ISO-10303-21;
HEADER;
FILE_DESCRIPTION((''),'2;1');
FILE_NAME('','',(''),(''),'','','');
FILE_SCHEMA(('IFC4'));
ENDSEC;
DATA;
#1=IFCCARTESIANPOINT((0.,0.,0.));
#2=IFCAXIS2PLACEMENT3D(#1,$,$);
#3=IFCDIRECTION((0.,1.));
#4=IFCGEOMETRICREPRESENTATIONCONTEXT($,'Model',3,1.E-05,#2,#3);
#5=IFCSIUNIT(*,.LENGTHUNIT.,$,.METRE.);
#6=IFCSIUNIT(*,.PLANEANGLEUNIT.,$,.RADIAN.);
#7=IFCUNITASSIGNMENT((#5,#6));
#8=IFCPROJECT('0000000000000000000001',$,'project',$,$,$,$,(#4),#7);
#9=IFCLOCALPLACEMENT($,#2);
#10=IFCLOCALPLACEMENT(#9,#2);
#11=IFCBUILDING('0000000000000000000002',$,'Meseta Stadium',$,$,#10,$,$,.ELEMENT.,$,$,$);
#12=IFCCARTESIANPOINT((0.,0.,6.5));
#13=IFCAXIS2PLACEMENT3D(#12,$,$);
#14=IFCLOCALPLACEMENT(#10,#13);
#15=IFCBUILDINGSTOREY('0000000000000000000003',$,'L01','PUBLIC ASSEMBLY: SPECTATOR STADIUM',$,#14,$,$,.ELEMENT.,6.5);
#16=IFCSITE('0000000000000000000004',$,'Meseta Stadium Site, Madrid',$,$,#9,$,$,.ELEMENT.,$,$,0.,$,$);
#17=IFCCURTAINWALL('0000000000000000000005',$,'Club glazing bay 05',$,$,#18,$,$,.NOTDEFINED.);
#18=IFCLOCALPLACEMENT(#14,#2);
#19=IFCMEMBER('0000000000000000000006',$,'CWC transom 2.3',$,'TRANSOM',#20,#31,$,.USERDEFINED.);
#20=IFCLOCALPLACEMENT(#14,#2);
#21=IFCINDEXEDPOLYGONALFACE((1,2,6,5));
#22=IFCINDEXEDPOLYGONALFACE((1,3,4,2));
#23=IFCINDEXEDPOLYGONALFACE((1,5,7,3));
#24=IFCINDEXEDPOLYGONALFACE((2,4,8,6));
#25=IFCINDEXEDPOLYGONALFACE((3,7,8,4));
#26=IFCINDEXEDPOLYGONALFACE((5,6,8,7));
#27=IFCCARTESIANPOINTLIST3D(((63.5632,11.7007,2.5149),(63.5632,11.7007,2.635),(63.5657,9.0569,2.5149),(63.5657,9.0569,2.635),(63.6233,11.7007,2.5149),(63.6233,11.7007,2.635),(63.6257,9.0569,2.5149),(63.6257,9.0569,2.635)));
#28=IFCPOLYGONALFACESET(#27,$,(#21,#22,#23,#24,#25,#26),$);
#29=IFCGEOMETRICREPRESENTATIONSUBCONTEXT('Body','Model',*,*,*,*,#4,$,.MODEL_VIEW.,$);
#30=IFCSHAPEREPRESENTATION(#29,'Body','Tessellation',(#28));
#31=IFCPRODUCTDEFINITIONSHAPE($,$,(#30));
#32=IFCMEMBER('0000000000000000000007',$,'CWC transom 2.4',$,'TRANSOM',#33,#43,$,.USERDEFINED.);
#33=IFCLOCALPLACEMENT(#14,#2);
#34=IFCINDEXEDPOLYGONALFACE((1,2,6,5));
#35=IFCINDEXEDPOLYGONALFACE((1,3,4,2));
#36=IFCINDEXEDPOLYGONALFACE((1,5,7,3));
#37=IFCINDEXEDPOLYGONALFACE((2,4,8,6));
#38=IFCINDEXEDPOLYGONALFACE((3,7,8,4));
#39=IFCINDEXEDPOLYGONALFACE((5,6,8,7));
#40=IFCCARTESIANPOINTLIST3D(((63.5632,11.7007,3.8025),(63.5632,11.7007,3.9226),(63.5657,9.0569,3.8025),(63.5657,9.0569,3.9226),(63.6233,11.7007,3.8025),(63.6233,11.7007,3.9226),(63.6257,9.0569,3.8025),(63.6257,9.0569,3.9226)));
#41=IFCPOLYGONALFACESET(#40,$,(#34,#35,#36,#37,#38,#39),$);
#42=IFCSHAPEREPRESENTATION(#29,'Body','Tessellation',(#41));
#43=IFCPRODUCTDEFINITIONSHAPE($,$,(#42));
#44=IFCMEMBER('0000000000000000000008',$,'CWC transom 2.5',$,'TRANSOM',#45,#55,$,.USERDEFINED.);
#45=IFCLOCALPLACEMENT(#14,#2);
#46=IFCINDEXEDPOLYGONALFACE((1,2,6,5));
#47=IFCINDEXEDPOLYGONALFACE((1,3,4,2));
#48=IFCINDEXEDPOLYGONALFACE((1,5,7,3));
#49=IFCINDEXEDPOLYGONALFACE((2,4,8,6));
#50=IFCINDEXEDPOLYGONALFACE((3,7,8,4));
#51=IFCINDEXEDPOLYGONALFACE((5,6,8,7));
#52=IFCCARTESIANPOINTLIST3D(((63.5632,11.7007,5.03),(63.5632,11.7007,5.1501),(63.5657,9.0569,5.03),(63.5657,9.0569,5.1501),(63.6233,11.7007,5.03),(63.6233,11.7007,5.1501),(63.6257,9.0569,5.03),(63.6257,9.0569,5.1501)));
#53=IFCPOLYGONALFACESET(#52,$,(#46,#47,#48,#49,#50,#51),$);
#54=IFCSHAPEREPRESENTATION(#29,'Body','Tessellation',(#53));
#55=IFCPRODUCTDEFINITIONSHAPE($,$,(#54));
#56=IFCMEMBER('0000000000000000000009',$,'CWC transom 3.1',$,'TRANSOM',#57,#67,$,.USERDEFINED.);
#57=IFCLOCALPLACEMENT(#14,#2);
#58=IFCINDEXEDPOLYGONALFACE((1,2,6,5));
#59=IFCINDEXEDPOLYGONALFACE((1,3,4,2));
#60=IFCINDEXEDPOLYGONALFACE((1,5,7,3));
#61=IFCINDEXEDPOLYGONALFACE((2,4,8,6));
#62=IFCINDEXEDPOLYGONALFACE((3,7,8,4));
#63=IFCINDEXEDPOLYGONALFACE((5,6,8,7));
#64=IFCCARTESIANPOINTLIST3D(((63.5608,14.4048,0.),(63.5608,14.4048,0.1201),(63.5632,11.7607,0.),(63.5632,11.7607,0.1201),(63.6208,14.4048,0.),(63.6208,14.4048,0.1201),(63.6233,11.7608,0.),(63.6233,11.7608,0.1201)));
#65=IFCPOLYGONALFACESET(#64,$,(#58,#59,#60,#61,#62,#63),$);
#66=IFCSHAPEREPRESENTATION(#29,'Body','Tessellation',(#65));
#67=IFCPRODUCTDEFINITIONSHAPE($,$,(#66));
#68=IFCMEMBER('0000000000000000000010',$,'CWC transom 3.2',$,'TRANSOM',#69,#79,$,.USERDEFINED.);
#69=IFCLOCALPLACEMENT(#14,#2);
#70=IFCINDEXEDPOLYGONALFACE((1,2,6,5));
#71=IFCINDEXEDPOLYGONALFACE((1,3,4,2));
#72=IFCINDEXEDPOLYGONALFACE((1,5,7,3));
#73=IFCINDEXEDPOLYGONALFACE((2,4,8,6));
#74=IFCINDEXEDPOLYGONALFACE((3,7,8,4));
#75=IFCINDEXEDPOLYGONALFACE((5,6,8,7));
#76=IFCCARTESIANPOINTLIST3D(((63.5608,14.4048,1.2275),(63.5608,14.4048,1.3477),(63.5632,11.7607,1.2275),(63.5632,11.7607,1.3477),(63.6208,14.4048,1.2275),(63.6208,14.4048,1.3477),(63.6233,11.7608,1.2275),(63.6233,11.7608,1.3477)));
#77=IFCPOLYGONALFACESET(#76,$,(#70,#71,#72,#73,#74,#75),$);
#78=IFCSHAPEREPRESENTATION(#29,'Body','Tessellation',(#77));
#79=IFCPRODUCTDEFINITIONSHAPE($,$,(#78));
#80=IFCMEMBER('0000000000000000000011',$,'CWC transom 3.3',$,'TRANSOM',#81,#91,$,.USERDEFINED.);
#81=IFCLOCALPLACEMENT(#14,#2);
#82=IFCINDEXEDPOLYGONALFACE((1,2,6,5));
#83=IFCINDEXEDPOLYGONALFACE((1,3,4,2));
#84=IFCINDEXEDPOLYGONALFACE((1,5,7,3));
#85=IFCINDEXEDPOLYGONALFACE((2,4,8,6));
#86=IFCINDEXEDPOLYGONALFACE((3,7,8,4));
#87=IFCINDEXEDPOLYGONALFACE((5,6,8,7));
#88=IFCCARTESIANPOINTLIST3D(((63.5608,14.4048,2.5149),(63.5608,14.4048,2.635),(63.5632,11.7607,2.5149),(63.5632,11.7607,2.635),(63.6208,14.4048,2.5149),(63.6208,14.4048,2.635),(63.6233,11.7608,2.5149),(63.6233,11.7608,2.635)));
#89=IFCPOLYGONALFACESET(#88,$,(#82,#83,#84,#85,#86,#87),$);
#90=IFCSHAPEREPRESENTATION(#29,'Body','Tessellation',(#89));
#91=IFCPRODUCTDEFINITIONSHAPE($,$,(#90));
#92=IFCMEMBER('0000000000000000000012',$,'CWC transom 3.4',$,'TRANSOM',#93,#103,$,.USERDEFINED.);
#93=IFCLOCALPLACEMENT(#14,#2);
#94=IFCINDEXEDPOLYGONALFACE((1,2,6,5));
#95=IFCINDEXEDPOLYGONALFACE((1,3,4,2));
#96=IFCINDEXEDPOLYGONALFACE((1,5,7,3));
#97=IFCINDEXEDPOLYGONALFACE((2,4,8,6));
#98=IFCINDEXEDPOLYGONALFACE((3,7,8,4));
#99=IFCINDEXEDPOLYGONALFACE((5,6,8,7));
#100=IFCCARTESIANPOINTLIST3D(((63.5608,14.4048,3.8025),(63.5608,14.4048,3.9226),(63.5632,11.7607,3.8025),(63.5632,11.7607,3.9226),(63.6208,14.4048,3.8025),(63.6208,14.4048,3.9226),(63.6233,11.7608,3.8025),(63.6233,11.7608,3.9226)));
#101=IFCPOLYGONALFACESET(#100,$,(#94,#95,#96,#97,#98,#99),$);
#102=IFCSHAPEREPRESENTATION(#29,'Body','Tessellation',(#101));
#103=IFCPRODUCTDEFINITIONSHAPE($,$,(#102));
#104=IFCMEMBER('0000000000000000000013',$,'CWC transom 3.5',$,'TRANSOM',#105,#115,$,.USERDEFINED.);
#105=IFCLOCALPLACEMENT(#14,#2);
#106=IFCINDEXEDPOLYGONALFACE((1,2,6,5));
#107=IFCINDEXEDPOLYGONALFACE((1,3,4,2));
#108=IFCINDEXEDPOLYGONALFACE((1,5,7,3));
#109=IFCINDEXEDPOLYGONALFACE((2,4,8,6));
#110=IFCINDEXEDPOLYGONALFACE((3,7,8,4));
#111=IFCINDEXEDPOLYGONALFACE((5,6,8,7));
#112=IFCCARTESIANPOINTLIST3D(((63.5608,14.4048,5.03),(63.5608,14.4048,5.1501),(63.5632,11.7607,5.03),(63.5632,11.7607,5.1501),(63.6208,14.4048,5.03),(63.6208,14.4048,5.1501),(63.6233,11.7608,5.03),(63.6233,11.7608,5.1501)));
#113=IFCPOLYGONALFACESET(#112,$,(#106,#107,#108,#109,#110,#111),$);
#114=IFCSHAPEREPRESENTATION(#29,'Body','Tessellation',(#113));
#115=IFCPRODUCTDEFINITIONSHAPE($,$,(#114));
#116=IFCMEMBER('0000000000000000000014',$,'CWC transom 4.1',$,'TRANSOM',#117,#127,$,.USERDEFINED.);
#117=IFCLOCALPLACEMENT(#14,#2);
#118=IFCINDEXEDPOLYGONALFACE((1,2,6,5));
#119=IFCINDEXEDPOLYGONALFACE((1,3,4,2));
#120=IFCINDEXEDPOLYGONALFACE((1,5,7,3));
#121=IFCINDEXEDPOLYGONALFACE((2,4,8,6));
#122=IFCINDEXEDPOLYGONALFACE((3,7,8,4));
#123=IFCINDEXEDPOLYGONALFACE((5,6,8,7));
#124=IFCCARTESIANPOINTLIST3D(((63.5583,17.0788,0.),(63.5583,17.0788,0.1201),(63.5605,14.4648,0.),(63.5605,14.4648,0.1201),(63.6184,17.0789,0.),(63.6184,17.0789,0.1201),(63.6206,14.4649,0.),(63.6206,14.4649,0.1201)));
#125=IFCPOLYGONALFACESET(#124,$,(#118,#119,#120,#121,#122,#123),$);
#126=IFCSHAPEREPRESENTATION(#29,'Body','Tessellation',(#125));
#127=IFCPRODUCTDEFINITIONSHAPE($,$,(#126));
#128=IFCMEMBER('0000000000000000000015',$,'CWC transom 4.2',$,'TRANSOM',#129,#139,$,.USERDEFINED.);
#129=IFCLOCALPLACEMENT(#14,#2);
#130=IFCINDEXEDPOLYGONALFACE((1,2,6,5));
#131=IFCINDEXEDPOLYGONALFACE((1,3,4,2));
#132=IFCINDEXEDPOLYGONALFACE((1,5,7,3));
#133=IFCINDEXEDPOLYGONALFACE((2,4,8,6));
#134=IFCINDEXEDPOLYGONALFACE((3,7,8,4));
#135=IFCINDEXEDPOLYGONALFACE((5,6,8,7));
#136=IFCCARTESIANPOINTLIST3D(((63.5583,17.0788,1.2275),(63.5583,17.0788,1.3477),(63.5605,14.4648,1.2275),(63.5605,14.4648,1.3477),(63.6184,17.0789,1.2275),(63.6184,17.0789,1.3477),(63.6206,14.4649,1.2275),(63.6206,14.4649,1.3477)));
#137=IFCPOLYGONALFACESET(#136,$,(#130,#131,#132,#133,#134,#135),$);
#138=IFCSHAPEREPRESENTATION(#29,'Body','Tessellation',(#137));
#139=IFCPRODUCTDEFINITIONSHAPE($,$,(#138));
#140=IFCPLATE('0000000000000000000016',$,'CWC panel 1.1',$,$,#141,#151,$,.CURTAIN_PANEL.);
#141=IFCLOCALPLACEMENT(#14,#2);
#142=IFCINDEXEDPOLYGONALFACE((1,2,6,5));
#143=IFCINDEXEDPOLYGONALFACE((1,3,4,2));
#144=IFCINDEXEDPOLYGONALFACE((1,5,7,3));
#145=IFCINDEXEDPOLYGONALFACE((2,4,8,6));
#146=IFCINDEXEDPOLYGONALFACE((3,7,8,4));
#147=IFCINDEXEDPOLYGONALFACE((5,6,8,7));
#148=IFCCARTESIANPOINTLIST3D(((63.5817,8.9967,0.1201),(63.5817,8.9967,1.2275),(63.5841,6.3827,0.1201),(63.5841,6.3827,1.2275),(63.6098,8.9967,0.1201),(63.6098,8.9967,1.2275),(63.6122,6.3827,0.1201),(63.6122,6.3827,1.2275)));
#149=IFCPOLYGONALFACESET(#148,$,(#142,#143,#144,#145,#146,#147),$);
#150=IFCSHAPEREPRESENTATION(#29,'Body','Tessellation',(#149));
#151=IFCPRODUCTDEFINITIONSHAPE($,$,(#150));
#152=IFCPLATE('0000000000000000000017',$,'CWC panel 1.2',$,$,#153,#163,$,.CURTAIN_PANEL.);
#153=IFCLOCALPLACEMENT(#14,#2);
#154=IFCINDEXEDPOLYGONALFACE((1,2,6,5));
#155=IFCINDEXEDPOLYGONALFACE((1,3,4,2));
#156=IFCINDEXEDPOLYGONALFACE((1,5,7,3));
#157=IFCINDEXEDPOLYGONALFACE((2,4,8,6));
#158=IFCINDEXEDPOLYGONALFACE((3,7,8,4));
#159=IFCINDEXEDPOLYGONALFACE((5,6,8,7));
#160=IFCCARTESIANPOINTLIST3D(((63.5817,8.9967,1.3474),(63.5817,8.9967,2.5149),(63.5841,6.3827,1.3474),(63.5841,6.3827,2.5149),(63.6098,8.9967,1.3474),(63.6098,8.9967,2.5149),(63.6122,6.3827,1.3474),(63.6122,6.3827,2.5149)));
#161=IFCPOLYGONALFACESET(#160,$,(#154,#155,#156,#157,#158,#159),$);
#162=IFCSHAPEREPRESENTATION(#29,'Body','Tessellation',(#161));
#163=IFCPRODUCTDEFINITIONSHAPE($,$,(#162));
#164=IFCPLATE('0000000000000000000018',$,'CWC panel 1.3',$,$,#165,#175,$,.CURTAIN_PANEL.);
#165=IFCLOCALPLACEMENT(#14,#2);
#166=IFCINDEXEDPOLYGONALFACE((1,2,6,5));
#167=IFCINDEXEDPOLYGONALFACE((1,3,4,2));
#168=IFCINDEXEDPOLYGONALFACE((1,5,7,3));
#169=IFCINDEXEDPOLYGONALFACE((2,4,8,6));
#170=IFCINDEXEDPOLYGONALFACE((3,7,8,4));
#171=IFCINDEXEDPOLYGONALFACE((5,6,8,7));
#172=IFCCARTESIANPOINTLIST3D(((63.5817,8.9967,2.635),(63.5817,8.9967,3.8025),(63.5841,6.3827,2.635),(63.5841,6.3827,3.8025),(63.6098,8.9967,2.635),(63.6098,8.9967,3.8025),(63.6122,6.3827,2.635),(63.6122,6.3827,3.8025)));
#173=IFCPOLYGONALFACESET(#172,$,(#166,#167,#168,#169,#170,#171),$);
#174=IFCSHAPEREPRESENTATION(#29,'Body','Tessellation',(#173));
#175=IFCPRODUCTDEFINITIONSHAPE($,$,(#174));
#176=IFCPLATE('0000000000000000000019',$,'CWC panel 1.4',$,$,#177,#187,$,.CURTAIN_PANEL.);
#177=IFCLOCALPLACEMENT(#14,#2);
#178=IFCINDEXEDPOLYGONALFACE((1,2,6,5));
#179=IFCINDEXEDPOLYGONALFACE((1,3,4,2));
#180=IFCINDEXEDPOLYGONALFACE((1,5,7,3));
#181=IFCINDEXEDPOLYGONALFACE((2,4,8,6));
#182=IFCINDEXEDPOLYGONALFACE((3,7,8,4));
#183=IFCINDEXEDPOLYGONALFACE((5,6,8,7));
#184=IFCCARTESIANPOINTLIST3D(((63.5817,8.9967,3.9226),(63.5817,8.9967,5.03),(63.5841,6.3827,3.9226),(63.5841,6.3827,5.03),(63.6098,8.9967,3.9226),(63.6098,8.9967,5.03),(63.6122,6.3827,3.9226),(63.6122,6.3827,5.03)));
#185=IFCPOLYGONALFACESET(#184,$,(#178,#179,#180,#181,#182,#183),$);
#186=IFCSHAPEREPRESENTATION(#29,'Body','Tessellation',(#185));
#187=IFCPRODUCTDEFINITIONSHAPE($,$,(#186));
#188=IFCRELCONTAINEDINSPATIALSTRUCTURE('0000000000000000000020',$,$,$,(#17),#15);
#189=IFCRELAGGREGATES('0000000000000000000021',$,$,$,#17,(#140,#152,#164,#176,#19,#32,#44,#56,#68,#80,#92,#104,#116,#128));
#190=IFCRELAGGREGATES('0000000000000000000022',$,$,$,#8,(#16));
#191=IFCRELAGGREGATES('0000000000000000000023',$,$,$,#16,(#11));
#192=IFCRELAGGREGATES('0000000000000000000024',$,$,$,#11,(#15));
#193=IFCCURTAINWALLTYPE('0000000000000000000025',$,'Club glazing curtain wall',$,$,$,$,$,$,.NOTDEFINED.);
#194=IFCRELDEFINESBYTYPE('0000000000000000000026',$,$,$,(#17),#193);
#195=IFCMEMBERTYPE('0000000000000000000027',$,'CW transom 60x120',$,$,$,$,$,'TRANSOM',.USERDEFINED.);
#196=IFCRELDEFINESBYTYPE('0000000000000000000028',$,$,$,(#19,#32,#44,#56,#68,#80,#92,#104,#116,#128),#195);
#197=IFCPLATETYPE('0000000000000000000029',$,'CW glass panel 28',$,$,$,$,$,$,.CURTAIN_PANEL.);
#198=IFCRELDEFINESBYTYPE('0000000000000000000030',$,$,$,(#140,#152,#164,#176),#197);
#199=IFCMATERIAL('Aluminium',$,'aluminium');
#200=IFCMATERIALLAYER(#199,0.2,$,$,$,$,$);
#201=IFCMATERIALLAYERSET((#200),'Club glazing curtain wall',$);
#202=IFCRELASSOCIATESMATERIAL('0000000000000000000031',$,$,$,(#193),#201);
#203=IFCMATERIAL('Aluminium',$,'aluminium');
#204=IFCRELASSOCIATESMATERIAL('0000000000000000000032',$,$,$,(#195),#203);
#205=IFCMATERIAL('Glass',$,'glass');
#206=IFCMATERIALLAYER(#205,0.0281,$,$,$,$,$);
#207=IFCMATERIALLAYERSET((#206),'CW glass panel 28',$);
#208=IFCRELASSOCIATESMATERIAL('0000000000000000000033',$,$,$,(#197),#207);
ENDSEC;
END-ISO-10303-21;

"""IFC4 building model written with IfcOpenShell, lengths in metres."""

from ifc_helpers import new_model, si_unit, direction, frame, origin, origin_2d, place, context, subcontext, project, spatial, rectangle, extrude, material, layer, layer_set, material_profile, profile_set, type_object, element, aggregate, save


model = new_model("IFC4")

# Units and contexts
model_context = context("Model", 3, precision=1e-05, world=origin(), true_north=direction((0.0, 1.0)))
body_context = subcontext(model_context, "Body", "Model", "MODEL_VIEW")
ifc_project = project(units=[si_unit("LENGTHUNIT", "METRE"), si_unit("PLANEANGLEUNIT", "RADIAN")], contexts=[model_context])

# Site, building, storey
site_placement = place(None, origin())
site = spatial("IfcSite", under=ifc_project, at=site_placement, Name="Meseta Stadium Site, Madrid", CompositionType="ELEMENT", RefElevation=0.0)
building_placement = place(site_placement, origin())
building = spatial("IfcBuilding", under=site, at=building_placement, Name="Meseta Stadium", CompositionType="ELEMENT")
storey_placement = place(building_placement, frame((0.0, 0.0, 6.5)))
storey = spatial("IfcBuildingStorey", under=building, at=storey_placement, Name="L01", Description="PUBLIC ASSEMBLY: SPECTATOR STADIUM", CompositionType="ELEMENT", Elevation=6.5)

# Curtain wall
ifc_material_1 = material(Name="Aluminium", Category="aluminium")
ifc_layer_1 = layer(ifc_material_1, 0.2)
ifc_layer_set_1 = layer_set([ifc_layer_1], Name="Club glazing curtain wall")
curtain_wall_type = type_object("IfcCurtainWallType", Name="Club glazing curtain wall", PredefinedType="NOTDEFINED", material=ifc_layer_set_1)
curtain_wall_1_placement = place(storey_placement, origin())
curtain_wall_1 = element("IfcCurtainWall", 1, at=curtain_wall_1_placement, inside=storey, type_object=curtain_wall_type, Name="Club glazing bay 05", PredefinedType="NOTDEFINED")
ifc_material_2 = material(Name="Aluminium", Category="aluminium")
ifc_material_profile_1 = material_profile(ifc_material_2, rectangle(XDim=0.0601, YDim=0.1201, at=origin_2d()), Name="CW 60x120")
ifc_profile_set_1 = profile_set([ifc_material_profile_1], Name="Aluminium")
member_type_1 = type_object("IfcMemberType", Name="CW transom 60x120", ElementType="TRANSOM", PredefinedType="USERDEFINED", material=ifc_profile_set_1)

# Members
member_1_placement = place(storey_placement, frame((63.5957, 9.0569, 2.575), z_axis=(-0.000923, 1.0, 0.0), x_axis=(-1.0, -0.000923, 0.0)))
member_1 = element("IfcMember", 2, at=member_1_placement, type_object=member_type_1, Name="CWC transom 2.3", ObjectType="TRANSOM", PredefinedType="USERDEFINED", context=body_context, shape_type="SweptSolid", body=[
    extrude(rectangle(XDim=0.0601, YDim=0.1201, at=origin_2d()), origin(), (0.0, 0.0, 1.0), 2.6438),
])
member_2_placement = place(storey_placement, frame((63.5957, 9.0569, 3.8625), z_axis=(-0.000923, 1.0, 0.0), x_axis=(-1.0, -0.000923, 0.0)))
member_2 = element("IfcMember", 3, at=member_2_placement, type_object=member_type_1, Name="CWC transom 2.4", ObjectType="TRANSOM", PredefinedType="USERDEFINED", context=body_context, shape_type="SweptSolid", body=[
    extrude(rectangle(XDim=0.0601, YDim=0.1201, at=origin_2d()), origin(), (0.0, 0.0, 1.0), 2.6438),
])
member_3_placement = place(storey_placement, frame((63.5957, 9.0569, 5.0901), z_axis=(-0.000923, 1.0, 0.0), x_axis=(-1.0, -0.000923, 0.0)))
member_3 = element("IfcMember", 4, at=member_3_placement, type_object=member_type_1, Name="CWC transom 2.5", ObjectType="TRANSOM", PredefinedType="USERDEFINED", context=body_context, shape_type="SweptSolid", body=[
    extrude(rectangle(XDim=0.0601, YDim=0.1201, at=origin_2d()), origin(), (0.0, 0.0, 1.0), 2.6438),
])
member_4_placement = place(storey_placement, frame((63.5933, 11.7607, 0.0601), z_axis=(-0.000923, 1.0, 0.0), x_axis=(-1.0, -0.000923, 0.0)))
member_4 = element("IfcMember", 5, at=member_4_placement, type_object=member_type_1, Name="CWC transom 3.1", ObjectType="TRANSOM", PredefinedType="USERDEFINED", context=body_context, shape_type="SweptSolid", body=[
    extrude(rectangle(XDim=0.0601, YDim=0.1201, at=origin_2d()), origin(), (0.0, 0.0, 1.0), 2.644),
])
member_5_placement = place(storey_placement, frame((63.5933, 11.7607, 1.2876), z_axis=(-0.000923, 1.0, 0.0), x_axis=(-1.0, -0.000923, 0.0)))
member_5 = element("IfcMember", 6, at=member_5_placement, type_object=member_type_1, Name="CWC transom 3.2", ObjectType="TRANSOM", PredefinedType="USERDEFINED", context=body_context, shape_type="SweptSolid", body=[
    extrude(rectangle(XDim=0.0601, YDim=0.1201, at=origin_2d()), origin(), (0.0, 0.0, 1.0), 2.644),
])
member_6_placement = place(storey_placement, frame((63.5933, 11.7607, 2.575), z_axis=(-0.000923, 1.0, 0.0), x_axis=(-1.0, -0.000923, 0.0)))
member_6 = element("IfcMember", 7, at=member_6_placement, type_object=member_type_1, Name="CWC transom 3.3", ObjectType="TRANSOM", PredefinedType="USERDEFINED", context=body_context, shape_type="SweptSolid", body=[
    extrude(rectangle(XDim=0.0601, YDim=0.1201, at=origin_2d()), origin(), (0.0, 0.0, 1.0), 2.644),
])
member_7_placement = place(storey_placement, frame((63.5933, 11.7607, 3.8625), z_axis=(-0.000923, 1.0, 0.0), x_axis=(-1.0, -0.000923, 0.0)))
member_7 = element("IfcMember", 8, at=member_7_placement, type_object=member_type_1, Name="CWC transom 3.4", ObjectType="TRANSOM", PredefinedType="USERDEFINED", context=body_context, shape_type="SweptSolid", body=[
    extrude(rectangle(XDim=0.0601, YDim=0.1201, at=origin_2d()), origin(), (0.0, 0.0, 1.0), 2.644),
])
member_8_placement = place(storey_placement, frame((63.5933, 11.7607, 5.0901), z_axis=(-0.000923, 1.0, 0.0), x_axis=(-1.0, -0.000923, 0.0)))
member_8 = element("IfcMember", 9, at=member_8_placement, type_object=member_type_1, Name="CWC transom 3.5", ObjectType="TRANSOM", PredefinedType="USERDEFINED", context=body_context, shape_type="SweptSolid", body=[
    extrude(rectangle(XDim=0.0601, YDim=0.1201, at=origin_2d()), origin(), (0.0, 0.0, 1.0), 2.644),
])
member_9_placement = place(storey_placement, frame((63.5906, 14.4648, 0.0601), z_axis=(-0.000841, 1.0, 0.0), x_axis=(-1.0, -0.000841, 0.0)))
member_9 = element("IfcMember", 10, at=member_9_placement, type_object=member_type_1, Name="CWC transom 4.1", ObjectType="TRANSOM", PredefinedType="USERDEFINED", context=body_context, shape_type="SweptSolid", body=[
    extrude(rectangle(XDim=0.0601, YDim=0.1201, at=origin_2d()), origin(), (0.0, 0.0, 1.0), 2.614),
])
member_10_placement = place(storey_placement, frame((63.5906, 14.4648, 1.2876), z_axis=(-0.000841, 1.0, 0.0), x_axis=(-1.0, -0.000841, 0.0)))
member_10 = element("IfcMember", 11, at=member_10_placement, type_object=member_type_1, Name="CWC transom 4.2", ObjectType="TRANSOM", PredefinedType="USERDEFINED", context=body_context, shape_type="SweptSolid", body=[
    extrude(rectangle(XDim=0.0601, YDim=0.1201, at=origin_2d()), origin(), (0.0, 0.0, 1.0), 2.614),
])

# Plates
ifc_material_3 = material(Name="Glass", Category="glass")
ifc_layer_2 = layer(ifc_material_3, 0.0281)
ifc_layer_set_2 = layer_set([ifc_layer_2], Name="CW glass panel 28")
plate_type = type_object("IfcPlateType", Name="CW glass panel 28", PredefinedType="CURTAIN_PANEL", material=ifc_layer_set_2)
plate_1_placement = place(storey_placement, frame((63.5969, 7.6897, 0.1201), z_axis=(0.0, 0.0, 1.0), x_axis=(-0.000925, 1.0, 0.0)))
plate_1 = element("IfcPlate", 12, at=plate_1_placement, type_object=plate_type, Name="CWC panel 1.1", PredefinedType="CURTAIN_PANEL", context=body_context, shape_type="SweptSolid", body=[
    extrude(rectangle(XDim=2.614, YDim=0.0281, at=origin_2d()), origin(), (0.0, 0.0, 1.0), 1.1074),
])
plate_2_placement = place(storey_placement, frame((63.5969, 7.6897, 1.3474), z_axis=(0.0, 0.0, 1.0), x_axis=(-0.000925, 1.0, 0.0)))
plate_2 = element("IfcPlate", 13, at=plate_2_placement, type_object=plate_type, Name="CWC panel 1.2", PredefinedType="CURTAIN_PANEL", context=body_context, shape_type="SweptSolid", body=[
    extrude(rectangle(XDim=2.614, YDim=0.0281, at=origin_2d()), origin(), (0.0, 0.0, 1.0), 1.1675),
])
plate_3_placement = place(storey_placement, frame((63.5969, 7.6897, 2.635), z_axis=(0.0, 0.0, 1.0), x_axis=(-0.000925, 1.0, 0.0)))
plate_3 = element("IfcPlate", 14, at=plate_3_placement, type_object=plate_type, Name="CWC panel 1.3", PredefinedType="CURTAIN_PANEL", context=body_context, shape_type="SweptSolid", body=[
    extrude(rectangle(XDim=2.614, YDim=0.0281, at=origin_2d()), origin(), (0.0, 0.0, 1.0), 1.1675),
])
plate_4_placement = place(storey_placement, frame((63.5969, 7.6897, 3.9226), z_axis=(0.0, 0.0, 1.0), x_axis=(-0.000925, 1.0, 0.0)))
plate_4 = element("IfcPlate", 15, at=plate_4_placement, type_object=plate_type, Name="CWC panel 1.4", PredefinedType="CURTAIN_PANEL", context=body_context, shape_type="SweptSolid", body=[
    extrude(rectangle(XDim=2.614, YDim=0.0281, at=origin_2d()), origin(), (0.0, 0.0, 1.0), 1.1074),
])
aggregate(curtain_wall_1, [plate_1, plate_2, plate_3, plate_4, member_1, member_2, member_3, member_4, member_5, member_6, member_7, member_8, member_9, member_10])

save(model, "model.ifc")
